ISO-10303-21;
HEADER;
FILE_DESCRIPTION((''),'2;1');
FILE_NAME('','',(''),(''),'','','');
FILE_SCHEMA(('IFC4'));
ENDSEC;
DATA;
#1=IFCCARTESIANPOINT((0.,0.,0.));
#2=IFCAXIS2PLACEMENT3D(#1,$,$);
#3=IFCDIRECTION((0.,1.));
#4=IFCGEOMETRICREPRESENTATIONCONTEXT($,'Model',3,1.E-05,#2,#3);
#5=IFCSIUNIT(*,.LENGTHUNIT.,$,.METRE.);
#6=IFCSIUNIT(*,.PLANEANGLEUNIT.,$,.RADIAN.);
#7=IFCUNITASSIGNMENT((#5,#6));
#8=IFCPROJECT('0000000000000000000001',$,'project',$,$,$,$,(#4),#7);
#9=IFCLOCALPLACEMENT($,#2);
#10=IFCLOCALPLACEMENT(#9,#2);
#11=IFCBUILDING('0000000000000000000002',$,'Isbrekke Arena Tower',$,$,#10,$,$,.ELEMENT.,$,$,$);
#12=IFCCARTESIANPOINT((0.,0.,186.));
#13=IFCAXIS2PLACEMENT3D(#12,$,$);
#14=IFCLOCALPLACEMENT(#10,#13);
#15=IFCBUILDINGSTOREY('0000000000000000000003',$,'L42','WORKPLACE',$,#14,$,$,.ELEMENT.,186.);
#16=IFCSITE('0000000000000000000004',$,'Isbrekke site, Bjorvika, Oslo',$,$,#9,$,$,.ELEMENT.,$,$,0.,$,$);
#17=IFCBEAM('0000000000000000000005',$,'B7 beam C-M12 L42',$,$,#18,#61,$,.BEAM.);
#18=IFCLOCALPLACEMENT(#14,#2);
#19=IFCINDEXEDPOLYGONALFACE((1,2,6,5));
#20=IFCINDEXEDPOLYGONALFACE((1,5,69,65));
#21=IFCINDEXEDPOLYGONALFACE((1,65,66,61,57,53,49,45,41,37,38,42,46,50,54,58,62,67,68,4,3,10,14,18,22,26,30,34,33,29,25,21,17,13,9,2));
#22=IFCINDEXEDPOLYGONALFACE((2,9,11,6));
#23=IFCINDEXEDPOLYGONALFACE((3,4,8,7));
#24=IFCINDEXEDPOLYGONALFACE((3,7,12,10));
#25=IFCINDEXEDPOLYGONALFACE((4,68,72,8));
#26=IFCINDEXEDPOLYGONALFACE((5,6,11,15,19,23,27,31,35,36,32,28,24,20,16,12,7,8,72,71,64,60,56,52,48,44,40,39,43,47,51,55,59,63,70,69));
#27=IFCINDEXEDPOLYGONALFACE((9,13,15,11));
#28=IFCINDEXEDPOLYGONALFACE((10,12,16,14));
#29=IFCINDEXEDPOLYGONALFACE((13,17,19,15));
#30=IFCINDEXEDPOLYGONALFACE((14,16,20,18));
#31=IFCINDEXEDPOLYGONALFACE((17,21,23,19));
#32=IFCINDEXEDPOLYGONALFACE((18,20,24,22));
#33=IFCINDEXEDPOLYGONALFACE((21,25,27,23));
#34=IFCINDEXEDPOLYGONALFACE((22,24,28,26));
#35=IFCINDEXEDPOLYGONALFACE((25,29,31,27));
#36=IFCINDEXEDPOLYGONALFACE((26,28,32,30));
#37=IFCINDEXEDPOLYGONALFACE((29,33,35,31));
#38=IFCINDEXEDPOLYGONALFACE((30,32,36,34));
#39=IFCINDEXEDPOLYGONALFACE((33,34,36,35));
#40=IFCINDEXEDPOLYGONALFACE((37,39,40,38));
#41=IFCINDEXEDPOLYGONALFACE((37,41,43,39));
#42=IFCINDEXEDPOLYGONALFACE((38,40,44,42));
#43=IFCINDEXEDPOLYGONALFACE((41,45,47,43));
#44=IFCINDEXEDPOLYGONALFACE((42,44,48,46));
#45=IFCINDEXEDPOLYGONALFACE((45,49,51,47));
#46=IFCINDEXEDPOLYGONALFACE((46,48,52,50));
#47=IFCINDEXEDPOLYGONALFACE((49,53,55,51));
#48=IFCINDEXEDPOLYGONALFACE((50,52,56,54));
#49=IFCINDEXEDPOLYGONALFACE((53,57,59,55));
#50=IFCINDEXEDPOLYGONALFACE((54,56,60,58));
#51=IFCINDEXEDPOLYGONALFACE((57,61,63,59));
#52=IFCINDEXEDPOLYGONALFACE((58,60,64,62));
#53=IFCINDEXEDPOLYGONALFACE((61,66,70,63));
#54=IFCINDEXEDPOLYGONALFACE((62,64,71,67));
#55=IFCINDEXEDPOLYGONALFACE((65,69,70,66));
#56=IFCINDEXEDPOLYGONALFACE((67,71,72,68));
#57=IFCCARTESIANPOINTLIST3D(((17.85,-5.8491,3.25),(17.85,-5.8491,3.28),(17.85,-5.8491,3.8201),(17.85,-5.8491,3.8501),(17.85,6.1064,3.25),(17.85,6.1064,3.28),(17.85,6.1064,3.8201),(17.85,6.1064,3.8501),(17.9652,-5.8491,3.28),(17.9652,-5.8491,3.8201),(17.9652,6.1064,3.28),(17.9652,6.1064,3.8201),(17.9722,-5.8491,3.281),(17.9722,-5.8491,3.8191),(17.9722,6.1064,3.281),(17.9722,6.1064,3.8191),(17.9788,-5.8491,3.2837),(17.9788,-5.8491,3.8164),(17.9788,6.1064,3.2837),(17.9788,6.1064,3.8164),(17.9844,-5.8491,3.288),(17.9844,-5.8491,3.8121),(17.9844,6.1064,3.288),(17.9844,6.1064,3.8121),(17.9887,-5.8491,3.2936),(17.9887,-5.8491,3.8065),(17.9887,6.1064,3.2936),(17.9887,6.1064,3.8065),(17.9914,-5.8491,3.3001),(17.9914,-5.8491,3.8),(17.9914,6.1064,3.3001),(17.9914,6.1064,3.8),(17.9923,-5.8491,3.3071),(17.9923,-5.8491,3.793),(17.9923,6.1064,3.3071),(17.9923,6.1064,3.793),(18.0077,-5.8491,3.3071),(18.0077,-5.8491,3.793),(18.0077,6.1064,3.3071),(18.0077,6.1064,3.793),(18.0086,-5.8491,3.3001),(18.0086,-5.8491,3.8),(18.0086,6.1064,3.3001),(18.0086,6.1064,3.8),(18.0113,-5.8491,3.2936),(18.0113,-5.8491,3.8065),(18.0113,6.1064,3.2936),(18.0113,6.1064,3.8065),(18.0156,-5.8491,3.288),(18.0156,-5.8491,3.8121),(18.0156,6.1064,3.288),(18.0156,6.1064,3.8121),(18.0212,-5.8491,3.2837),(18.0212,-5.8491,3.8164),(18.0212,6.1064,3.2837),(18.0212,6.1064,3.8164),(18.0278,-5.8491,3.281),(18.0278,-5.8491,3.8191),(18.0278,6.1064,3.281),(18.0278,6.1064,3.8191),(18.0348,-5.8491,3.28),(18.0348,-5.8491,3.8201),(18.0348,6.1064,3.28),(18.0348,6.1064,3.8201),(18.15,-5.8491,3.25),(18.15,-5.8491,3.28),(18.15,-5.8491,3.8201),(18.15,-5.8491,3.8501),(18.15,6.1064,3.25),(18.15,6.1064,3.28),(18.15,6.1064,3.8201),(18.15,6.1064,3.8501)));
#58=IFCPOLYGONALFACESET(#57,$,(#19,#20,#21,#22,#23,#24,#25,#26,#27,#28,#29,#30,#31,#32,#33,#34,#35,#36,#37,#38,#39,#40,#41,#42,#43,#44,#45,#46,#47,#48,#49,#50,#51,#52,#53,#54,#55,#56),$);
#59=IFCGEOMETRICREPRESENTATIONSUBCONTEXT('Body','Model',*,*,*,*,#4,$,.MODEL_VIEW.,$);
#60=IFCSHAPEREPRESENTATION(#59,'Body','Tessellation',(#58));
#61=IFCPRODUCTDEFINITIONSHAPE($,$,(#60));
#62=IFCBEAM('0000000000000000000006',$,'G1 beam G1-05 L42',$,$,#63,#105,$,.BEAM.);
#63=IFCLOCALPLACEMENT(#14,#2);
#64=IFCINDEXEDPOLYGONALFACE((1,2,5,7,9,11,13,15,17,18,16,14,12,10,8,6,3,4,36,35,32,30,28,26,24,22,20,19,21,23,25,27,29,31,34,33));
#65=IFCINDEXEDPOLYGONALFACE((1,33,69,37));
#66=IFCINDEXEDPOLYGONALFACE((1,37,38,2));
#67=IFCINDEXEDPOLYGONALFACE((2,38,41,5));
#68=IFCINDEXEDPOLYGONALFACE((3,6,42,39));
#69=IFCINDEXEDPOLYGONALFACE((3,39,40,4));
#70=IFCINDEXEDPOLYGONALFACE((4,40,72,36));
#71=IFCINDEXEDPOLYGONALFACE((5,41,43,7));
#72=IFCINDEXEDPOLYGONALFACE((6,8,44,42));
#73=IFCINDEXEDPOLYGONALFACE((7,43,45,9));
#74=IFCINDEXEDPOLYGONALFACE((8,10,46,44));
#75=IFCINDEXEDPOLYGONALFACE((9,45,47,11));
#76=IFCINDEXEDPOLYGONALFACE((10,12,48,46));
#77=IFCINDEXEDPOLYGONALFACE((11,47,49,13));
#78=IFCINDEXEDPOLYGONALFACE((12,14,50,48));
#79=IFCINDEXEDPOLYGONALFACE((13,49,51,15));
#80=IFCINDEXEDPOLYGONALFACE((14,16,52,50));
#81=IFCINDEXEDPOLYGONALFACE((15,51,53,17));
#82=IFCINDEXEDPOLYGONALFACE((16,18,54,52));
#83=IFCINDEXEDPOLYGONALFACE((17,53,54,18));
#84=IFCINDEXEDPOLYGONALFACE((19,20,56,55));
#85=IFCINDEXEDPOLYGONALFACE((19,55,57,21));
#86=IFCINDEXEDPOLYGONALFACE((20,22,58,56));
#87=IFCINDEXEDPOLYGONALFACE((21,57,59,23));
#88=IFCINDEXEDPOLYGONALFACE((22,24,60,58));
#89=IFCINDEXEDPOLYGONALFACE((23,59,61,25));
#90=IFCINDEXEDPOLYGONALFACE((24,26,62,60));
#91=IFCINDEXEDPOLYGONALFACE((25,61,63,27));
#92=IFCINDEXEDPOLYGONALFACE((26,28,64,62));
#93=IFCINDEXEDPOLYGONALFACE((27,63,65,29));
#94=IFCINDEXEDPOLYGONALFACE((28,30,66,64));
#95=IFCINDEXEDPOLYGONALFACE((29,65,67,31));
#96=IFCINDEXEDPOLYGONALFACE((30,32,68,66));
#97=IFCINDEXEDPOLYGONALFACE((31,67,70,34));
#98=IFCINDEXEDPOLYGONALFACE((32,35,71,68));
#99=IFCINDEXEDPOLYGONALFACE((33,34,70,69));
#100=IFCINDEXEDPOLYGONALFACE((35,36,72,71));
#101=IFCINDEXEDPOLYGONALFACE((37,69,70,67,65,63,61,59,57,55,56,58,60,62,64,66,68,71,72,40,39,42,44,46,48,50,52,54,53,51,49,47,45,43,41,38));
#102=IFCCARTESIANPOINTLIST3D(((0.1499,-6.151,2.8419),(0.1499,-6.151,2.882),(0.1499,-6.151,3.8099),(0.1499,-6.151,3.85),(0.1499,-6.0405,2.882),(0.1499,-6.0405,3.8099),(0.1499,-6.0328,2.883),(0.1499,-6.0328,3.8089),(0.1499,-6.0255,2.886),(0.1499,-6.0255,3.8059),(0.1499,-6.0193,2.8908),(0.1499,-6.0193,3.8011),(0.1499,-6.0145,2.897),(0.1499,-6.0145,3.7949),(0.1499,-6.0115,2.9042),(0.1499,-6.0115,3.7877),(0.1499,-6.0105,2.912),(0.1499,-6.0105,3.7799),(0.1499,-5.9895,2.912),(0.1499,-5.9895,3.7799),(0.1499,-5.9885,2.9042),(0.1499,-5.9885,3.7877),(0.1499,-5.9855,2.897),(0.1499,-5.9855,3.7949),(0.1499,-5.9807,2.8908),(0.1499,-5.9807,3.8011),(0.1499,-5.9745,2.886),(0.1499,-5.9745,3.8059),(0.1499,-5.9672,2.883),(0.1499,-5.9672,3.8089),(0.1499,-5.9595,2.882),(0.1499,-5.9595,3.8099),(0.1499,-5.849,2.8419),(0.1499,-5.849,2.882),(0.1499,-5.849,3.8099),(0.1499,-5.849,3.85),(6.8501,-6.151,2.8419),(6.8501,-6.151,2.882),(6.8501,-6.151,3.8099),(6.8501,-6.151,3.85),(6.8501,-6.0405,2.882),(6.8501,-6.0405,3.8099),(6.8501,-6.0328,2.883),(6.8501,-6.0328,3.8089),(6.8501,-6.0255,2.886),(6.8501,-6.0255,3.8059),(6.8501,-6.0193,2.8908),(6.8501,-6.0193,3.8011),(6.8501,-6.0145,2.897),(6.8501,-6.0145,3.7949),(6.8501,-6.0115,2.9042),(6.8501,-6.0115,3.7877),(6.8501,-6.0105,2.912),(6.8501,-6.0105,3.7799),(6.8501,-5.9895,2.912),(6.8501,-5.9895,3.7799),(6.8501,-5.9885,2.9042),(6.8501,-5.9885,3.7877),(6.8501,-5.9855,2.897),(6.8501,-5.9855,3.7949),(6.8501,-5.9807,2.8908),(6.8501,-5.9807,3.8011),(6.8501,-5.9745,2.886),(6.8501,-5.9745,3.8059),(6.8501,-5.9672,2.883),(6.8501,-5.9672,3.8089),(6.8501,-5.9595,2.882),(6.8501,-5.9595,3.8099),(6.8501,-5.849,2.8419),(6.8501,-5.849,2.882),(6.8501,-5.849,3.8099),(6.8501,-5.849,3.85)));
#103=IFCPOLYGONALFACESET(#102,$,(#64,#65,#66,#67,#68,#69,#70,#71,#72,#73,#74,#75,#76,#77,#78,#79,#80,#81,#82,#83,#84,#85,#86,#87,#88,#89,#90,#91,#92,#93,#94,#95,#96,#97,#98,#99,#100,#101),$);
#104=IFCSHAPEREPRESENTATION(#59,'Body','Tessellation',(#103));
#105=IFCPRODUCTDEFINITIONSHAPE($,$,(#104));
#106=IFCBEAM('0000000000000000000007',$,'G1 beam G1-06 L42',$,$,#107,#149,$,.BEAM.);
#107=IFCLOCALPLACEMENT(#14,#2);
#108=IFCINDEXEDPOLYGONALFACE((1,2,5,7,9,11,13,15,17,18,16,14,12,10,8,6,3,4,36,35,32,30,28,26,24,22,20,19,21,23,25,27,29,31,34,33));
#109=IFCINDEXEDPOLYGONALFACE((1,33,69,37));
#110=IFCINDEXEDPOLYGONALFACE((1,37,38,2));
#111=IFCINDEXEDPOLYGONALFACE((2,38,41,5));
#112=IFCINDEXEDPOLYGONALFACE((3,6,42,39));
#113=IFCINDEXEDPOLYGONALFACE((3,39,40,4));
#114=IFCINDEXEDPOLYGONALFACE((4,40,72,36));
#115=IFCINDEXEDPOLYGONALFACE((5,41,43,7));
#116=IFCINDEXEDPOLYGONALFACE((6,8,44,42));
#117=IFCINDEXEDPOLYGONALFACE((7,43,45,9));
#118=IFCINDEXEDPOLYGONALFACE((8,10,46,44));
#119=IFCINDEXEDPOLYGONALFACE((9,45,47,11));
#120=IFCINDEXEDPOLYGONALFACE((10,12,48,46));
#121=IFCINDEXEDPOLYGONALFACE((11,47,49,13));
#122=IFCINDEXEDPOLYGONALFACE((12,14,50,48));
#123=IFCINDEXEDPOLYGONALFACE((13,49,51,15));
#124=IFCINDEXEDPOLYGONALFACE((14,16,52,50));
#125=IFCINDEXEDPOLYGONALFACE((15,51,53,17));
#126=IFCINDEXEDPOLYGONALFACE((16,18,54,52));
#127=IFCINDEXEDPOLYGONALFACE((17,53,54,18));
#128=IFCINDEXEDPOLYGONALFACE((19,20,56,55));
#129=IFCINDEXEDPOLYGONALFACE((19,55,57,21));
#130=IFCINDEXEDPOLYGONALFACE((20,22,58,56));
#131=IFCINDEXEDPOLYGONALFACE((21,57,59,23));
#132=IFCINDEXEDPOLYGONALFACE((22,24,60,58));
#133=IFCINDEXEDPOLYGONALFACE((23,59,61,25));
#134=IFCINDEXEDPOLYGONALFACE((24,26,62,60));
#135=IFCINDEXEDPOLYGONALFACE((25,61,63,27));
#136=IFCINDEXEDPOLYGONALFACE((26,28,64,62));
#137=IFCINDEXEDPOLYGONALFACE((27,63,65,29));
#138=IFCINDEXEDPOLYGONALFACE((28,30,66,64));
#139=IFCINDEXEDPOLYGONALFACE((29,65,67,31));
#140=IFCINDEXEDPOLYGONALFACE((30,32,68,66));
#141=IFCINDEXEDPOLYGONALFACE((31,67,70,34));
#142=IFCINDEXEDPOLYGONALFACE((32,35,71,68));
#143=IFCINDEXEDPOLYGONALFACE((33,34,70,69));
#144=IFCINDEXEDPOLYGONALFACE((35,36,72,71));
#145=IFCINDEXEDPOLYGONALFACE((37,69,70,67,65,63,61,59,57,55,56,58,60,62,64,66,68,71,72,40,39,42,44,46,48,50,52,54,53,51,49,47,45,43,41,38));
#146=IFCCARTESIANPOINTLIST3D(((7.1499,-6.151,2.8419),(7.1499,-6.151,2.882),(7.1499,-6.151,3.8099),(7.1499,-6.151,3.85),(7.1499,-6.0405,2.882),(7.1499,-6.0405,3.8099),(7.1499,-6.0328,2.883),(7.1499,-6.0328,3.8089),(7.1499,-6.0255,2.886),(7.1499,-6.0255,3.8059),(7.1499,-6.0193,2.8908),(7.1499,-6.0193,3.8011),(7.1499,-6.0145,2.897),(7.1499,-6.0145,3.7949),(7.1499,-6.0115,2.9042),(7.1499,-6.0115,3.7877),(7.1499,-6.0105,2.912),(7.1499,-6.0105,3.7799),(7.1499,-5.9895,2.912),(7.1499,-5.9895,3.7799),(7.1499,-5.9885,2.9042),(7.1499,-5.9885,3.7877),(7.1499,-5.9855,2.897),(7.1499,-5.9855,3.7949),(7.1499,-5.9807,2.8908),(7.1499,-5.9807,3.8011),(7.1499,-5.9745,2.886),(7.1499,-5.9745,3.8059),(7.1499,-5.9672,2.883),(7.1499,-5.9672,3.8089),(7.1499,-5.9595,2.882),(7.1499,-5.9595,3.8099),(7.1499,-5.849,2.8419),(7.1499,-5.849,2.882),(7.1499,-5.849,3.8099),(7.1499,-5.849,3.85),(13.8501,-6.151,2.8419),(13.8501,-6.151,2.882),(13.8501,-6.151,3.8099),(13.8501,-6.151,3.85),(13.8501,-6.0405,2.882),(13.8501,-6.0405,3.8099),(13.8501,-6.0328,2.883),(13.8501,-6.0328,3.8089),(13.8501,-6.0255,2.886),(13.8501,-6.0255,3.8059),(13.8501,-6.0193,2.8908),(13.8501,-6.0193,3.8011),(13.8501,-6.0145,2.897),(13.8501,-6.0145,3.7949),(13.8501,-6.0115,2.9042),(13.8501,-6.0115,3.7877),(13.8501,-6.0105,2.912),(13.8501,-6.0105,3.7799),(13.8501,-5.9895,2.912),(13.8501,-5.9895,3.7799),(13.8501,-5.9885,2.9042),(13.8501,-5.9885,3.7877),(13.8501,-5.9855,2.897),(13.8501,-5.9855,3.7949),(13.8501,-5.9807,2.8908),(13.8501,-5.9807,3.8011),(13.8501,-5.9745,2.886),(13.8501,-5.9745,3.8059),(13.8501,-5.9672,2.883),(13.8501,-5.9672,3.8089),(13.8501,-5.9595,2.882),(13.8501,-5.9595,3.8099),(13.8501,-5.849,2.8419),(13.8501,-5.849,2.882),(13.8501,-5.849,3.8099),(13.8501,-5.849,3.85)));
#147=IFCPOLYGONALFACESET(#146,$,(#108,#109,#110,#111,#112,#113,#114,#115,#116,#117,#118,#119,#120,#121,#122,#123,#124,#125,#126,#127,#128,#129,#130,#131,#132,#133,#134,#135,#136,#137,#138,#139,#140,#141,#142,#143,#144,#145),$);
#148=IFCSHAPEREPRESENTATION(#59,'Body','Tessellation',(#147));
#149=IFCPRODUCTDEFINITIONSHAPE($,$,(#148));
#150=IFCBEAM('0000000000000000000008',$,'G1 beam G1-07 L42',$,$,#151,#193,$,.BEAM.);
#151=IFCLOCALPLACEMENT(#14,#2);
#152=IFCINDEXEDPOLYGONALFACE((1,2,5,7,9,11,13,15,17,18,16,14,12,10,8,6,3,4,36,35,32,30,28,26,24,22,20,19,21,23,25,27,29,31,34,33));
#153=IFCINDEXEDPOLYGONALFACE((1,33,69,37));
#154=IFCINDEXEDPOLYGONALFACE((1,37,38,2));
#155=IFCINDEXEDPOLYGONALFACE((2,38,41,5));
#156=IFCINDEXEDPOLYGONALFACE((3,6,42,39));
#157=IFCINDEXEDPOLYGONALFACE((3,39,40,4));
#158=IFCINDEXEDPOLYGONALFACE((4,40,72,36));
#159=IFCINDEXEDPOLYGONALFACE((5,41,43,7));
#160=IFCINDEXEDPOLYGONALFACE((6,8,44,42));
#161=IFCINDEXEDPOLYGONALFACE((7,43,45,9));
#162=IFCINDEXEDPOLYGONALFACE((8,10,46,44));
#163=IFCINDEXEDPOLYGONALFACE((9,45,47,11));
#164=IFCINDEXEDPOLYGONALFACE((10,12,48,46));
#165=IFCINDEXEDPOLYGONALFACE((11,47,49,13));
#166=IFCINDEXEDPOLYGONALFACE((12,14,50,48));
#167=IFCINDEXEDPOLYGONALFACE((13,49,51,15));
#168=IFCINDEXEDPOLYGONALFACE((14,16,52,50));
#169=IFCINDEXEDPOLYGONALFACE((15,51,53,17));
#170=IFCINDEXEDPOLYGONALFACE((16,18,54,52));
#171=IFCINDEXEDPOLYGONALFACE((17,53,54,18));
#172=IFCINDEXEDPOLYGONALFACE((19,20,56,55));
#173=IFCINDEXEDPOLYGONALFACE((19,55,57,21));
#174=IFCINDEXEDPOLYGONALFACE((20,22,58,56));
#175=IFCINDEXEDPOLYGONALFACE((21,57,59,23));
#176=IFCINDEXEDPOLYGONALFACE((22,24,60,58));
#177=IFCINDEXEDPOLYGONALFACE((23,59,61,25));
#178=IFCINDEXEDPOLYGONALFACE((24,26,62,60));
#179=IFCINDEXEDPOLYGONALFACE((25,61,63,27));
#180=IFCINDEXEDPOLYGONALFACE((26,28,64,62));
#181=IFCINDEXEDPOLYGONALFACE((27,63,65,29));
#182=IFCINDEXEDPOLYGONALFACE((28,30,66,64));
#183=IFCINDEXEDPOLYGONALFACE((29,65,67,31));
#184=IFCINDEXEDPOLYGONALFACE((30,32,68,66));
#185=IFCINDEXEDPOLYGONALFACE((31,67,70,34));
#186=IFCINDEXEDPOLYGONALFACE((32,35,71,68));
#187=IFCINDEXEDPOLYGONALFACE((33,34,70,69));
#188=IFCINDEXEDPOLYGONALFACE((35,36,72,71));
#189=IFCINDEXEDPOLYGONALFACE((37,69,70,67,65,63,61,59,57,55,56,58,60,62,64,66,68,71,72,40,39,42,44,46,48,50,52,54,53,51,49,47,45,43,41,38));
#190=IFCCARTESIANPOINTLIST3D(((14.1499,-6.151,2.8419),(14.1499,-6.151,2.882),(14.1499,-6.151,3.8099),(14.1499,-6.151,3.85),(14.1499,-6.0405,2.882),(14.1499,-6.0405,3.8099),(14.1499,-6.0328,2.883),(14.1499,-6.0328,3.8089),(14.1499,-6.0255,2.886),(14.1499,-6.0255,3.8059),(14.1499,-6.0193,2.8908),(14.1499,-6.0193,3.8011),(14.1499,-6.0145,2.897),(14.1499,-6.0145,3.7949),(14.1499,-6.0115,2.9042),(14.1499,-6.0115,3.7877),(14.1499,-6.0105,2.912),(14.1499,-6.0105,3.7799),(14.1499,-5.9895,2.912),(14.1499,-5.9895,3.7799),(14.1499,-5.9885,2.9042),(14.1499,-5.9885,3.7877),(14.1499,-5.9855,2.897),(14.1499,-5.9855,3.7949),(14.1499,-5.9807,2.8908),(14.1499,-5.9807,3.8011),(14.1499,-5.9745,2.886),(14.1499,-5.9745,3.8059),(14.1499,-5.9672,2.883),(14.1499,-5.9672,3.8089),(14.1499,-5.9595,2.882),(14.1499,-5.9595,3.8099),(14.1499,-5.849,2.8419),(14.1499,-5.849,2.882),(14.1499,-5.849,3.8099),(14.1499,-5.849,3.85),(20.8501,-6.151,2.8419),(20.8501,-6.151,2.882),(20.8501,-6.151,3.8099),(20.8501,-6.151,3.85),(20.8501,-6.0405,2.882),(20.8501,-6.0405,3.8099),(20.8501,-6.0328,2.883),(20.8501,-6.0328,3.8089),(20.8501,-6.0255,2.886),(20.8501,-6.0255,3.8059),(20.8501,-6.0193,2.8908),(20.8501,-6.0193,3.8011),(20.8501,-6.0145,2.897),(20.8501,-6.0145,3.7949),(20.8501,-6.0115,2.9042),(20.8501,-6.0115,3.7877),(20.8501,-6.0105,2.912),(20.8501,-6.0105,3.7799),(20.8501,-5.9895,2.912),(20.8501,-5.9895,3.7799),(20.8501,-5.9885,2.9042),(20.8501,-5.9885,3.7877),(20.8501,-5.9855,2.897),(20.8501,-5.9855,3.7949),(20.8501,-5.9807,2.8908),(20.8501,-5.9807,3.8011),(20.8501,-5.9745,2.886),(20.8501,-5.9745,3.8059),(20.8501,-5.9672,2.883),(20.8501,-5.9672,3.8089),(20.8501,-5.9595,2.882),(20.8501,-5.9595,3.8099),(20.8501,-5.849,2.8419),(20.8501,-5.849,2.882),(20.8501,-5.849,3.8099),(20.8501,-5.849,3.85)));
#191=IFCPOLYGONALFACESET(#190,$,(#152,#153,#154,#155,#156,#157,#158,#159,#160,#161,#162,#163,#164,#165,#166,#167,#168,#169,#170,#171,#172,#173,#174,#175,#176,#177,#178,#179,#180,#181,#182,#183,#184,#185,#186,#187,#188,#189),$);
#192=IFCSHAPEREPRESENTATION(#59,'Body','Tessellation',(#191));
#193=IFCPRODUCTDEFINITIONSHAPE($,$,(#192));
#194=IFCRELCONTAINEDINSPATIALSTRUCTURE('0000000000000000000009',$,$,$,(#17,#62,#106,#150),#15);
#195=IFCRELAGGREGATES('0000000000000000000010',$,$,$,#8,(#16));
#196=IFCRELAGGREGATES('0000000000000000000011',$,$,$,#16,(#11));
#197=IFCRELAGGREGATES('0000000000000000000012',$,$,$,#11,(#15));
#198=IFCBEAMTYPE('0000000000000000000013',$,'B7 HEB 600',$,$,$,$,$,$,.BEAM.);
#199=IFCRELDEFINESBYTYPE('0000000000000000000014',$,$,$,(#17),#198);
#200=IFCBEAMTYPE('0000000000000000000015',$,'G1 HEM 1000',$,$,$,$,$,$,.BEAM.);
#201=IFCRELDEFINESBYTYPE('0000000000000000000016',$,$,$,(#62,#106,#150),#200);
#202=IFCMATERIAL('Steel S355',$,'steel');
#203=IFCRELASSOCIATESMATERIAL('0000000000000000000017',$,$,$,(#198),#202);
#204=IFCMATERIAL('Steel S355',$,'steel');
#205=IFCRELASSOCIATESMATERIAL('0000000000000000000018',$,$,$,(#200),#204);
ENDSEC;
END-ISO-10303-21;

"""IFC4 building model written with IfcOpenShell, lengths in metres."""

from ifc_helpers import new_model, si_unit, direction, frame, origin, origin_2d, place, context, subcontext, project, spatial, i_section, extrude, material, material_profile, profile_set, type_object, element, save


model = new_model("IFC4")

# Units and contexts
model_context = context("Model", 3, precision=1e-05, world=origin(), true_north=direction((0.0, 1.0)))
body_context = subcontext(model_context, "Body", "Model", "MODEL_VIEW")
ifc_project = project(units=[si_unit("LENGTHUNIT", "METRE"), si_unit("PLANEANGLEUNIT", "RADIAN")], contexts=[model_context])

# Site, building, storey
site_placement = place(None, origin())
site = spatial("IfcSite", under=ifc_project, at=site_placement, Name="Isbrekke site, Bjorvika, Oslo", CompositionType="ELEMENT", RefElevation=0.0)
building_placement = place(site_placement, origin())
building = spatial("IfcBuilding", under=site, at=building_placement, Name="Isbrekke Arena Tower", CompositionType="ELEMENT")
storey_placement = place(building_placement, frame((0.0, 0.0, 186.0)))
storey = spatial("IfcBuildingStorey", under=building, at=storey_placement, Name="L42", Description="WORKPLACE", CompositionType="ELEMENT", Elevation=186.0)

# Beams
ifc_material_1 = material(Name="Steel S355", Category="steel")
ifc_material_profile_1 = material_profile(ifc_material_1, i_section(OverallWidth=0.3, OverallDepth=0.6001, WebThickness=0.0154, FlangeThickness=0.03, FilletRadius=0.0271, at=origin_2d()), Name="HEB 600")
ifc_profile_set_1 = profile_set([ifc_material_profile_1], Name="Steel S355")
beam_type_1 = type_object("IfcBeamType", Name="B7 HEB 600", PredefinedType="BEAM", material=ifc_profile_set_1)
beam_1_placement = place(storey_placement, frame((18.0, -5.8491, 3.55), z_axis=(0.0, 1.0, 0.0), x_axis=(-1.0, 0.0, 0.0)))
element("IfcBeam", 1, at=beam_1_placement, inside=storey, type_object=beam_type_1, Name="B7 beam C-M12 L42", PredefinedType="BEAM", context=body_context, shape_type="SweptSolid", body=[
    extrude(i_section(OverallWidth=0.3, OverallDepth=0.6001, WebThickness=0.0154, FlangeThickness=0.03, FilletRadius=0.0271, at=origin_2d()), origin(), (0.0, 0.0, 1.0), 11.9556),
])
ifc_material_2 = material(Name="Steel S355", Category="steel")
ifc_material_profile_2 = material_profile(ifc_material_2, i_section(OverallWidth=0.302, OverallDepth=1.0081, WebThickness=0.021, FlangeThickness=0.04, FilletRadius=0.03, at=origin_2d()), Name="HEM 1000")
ifc_profile_set_2 = profile_set([ifc_material_profile_2], Name="Steel S355")
beam_type_2 = type_object("IfcBeamType", Name="G1 HEM 1000", PredefinedType="BEAM", material=ifc_profile_set_2)
for number, where, z_axis, x_axis, name in (
    (2, (0.1499, -6.0, 3.3459), (1.0, 0.0, 0.0), (0.0, 1.0, 0.0), "G1 beam G1-05 L42"),
    (3, (7.1499, -6.0, 3.3459), (1.0, 0.0, 0.0), (0.0, 1.0, 0.0), "G1 beam G1-06 L42"),
    (4, (14.1499, -6.0, 3.3459), (1.0, 0.0, 0.0), (0.0, 1.0, 0.0), "G1 beam G1-07 L42"),
):
    element("IfcBeam", number, at=place(storey_placement, frame(where, z_axis=z_axis, x_axis=x_axis)), inside=storey, type_object=beam_type_2, Name=name, PredefinedType="BEAM", context=body_context, shape_type="SweptSolid", body=[
        extrude(i_section(OverallWidth=0.302, OverallDepth=1.0081, WebThickness=0.021, FlangeThickness=0.04, FilletRadius=0.03, at=origin_2d()), origin(), (0.0, 0.0, 1.0), 6.7002),
    ])

save(model, "model.ifc")
